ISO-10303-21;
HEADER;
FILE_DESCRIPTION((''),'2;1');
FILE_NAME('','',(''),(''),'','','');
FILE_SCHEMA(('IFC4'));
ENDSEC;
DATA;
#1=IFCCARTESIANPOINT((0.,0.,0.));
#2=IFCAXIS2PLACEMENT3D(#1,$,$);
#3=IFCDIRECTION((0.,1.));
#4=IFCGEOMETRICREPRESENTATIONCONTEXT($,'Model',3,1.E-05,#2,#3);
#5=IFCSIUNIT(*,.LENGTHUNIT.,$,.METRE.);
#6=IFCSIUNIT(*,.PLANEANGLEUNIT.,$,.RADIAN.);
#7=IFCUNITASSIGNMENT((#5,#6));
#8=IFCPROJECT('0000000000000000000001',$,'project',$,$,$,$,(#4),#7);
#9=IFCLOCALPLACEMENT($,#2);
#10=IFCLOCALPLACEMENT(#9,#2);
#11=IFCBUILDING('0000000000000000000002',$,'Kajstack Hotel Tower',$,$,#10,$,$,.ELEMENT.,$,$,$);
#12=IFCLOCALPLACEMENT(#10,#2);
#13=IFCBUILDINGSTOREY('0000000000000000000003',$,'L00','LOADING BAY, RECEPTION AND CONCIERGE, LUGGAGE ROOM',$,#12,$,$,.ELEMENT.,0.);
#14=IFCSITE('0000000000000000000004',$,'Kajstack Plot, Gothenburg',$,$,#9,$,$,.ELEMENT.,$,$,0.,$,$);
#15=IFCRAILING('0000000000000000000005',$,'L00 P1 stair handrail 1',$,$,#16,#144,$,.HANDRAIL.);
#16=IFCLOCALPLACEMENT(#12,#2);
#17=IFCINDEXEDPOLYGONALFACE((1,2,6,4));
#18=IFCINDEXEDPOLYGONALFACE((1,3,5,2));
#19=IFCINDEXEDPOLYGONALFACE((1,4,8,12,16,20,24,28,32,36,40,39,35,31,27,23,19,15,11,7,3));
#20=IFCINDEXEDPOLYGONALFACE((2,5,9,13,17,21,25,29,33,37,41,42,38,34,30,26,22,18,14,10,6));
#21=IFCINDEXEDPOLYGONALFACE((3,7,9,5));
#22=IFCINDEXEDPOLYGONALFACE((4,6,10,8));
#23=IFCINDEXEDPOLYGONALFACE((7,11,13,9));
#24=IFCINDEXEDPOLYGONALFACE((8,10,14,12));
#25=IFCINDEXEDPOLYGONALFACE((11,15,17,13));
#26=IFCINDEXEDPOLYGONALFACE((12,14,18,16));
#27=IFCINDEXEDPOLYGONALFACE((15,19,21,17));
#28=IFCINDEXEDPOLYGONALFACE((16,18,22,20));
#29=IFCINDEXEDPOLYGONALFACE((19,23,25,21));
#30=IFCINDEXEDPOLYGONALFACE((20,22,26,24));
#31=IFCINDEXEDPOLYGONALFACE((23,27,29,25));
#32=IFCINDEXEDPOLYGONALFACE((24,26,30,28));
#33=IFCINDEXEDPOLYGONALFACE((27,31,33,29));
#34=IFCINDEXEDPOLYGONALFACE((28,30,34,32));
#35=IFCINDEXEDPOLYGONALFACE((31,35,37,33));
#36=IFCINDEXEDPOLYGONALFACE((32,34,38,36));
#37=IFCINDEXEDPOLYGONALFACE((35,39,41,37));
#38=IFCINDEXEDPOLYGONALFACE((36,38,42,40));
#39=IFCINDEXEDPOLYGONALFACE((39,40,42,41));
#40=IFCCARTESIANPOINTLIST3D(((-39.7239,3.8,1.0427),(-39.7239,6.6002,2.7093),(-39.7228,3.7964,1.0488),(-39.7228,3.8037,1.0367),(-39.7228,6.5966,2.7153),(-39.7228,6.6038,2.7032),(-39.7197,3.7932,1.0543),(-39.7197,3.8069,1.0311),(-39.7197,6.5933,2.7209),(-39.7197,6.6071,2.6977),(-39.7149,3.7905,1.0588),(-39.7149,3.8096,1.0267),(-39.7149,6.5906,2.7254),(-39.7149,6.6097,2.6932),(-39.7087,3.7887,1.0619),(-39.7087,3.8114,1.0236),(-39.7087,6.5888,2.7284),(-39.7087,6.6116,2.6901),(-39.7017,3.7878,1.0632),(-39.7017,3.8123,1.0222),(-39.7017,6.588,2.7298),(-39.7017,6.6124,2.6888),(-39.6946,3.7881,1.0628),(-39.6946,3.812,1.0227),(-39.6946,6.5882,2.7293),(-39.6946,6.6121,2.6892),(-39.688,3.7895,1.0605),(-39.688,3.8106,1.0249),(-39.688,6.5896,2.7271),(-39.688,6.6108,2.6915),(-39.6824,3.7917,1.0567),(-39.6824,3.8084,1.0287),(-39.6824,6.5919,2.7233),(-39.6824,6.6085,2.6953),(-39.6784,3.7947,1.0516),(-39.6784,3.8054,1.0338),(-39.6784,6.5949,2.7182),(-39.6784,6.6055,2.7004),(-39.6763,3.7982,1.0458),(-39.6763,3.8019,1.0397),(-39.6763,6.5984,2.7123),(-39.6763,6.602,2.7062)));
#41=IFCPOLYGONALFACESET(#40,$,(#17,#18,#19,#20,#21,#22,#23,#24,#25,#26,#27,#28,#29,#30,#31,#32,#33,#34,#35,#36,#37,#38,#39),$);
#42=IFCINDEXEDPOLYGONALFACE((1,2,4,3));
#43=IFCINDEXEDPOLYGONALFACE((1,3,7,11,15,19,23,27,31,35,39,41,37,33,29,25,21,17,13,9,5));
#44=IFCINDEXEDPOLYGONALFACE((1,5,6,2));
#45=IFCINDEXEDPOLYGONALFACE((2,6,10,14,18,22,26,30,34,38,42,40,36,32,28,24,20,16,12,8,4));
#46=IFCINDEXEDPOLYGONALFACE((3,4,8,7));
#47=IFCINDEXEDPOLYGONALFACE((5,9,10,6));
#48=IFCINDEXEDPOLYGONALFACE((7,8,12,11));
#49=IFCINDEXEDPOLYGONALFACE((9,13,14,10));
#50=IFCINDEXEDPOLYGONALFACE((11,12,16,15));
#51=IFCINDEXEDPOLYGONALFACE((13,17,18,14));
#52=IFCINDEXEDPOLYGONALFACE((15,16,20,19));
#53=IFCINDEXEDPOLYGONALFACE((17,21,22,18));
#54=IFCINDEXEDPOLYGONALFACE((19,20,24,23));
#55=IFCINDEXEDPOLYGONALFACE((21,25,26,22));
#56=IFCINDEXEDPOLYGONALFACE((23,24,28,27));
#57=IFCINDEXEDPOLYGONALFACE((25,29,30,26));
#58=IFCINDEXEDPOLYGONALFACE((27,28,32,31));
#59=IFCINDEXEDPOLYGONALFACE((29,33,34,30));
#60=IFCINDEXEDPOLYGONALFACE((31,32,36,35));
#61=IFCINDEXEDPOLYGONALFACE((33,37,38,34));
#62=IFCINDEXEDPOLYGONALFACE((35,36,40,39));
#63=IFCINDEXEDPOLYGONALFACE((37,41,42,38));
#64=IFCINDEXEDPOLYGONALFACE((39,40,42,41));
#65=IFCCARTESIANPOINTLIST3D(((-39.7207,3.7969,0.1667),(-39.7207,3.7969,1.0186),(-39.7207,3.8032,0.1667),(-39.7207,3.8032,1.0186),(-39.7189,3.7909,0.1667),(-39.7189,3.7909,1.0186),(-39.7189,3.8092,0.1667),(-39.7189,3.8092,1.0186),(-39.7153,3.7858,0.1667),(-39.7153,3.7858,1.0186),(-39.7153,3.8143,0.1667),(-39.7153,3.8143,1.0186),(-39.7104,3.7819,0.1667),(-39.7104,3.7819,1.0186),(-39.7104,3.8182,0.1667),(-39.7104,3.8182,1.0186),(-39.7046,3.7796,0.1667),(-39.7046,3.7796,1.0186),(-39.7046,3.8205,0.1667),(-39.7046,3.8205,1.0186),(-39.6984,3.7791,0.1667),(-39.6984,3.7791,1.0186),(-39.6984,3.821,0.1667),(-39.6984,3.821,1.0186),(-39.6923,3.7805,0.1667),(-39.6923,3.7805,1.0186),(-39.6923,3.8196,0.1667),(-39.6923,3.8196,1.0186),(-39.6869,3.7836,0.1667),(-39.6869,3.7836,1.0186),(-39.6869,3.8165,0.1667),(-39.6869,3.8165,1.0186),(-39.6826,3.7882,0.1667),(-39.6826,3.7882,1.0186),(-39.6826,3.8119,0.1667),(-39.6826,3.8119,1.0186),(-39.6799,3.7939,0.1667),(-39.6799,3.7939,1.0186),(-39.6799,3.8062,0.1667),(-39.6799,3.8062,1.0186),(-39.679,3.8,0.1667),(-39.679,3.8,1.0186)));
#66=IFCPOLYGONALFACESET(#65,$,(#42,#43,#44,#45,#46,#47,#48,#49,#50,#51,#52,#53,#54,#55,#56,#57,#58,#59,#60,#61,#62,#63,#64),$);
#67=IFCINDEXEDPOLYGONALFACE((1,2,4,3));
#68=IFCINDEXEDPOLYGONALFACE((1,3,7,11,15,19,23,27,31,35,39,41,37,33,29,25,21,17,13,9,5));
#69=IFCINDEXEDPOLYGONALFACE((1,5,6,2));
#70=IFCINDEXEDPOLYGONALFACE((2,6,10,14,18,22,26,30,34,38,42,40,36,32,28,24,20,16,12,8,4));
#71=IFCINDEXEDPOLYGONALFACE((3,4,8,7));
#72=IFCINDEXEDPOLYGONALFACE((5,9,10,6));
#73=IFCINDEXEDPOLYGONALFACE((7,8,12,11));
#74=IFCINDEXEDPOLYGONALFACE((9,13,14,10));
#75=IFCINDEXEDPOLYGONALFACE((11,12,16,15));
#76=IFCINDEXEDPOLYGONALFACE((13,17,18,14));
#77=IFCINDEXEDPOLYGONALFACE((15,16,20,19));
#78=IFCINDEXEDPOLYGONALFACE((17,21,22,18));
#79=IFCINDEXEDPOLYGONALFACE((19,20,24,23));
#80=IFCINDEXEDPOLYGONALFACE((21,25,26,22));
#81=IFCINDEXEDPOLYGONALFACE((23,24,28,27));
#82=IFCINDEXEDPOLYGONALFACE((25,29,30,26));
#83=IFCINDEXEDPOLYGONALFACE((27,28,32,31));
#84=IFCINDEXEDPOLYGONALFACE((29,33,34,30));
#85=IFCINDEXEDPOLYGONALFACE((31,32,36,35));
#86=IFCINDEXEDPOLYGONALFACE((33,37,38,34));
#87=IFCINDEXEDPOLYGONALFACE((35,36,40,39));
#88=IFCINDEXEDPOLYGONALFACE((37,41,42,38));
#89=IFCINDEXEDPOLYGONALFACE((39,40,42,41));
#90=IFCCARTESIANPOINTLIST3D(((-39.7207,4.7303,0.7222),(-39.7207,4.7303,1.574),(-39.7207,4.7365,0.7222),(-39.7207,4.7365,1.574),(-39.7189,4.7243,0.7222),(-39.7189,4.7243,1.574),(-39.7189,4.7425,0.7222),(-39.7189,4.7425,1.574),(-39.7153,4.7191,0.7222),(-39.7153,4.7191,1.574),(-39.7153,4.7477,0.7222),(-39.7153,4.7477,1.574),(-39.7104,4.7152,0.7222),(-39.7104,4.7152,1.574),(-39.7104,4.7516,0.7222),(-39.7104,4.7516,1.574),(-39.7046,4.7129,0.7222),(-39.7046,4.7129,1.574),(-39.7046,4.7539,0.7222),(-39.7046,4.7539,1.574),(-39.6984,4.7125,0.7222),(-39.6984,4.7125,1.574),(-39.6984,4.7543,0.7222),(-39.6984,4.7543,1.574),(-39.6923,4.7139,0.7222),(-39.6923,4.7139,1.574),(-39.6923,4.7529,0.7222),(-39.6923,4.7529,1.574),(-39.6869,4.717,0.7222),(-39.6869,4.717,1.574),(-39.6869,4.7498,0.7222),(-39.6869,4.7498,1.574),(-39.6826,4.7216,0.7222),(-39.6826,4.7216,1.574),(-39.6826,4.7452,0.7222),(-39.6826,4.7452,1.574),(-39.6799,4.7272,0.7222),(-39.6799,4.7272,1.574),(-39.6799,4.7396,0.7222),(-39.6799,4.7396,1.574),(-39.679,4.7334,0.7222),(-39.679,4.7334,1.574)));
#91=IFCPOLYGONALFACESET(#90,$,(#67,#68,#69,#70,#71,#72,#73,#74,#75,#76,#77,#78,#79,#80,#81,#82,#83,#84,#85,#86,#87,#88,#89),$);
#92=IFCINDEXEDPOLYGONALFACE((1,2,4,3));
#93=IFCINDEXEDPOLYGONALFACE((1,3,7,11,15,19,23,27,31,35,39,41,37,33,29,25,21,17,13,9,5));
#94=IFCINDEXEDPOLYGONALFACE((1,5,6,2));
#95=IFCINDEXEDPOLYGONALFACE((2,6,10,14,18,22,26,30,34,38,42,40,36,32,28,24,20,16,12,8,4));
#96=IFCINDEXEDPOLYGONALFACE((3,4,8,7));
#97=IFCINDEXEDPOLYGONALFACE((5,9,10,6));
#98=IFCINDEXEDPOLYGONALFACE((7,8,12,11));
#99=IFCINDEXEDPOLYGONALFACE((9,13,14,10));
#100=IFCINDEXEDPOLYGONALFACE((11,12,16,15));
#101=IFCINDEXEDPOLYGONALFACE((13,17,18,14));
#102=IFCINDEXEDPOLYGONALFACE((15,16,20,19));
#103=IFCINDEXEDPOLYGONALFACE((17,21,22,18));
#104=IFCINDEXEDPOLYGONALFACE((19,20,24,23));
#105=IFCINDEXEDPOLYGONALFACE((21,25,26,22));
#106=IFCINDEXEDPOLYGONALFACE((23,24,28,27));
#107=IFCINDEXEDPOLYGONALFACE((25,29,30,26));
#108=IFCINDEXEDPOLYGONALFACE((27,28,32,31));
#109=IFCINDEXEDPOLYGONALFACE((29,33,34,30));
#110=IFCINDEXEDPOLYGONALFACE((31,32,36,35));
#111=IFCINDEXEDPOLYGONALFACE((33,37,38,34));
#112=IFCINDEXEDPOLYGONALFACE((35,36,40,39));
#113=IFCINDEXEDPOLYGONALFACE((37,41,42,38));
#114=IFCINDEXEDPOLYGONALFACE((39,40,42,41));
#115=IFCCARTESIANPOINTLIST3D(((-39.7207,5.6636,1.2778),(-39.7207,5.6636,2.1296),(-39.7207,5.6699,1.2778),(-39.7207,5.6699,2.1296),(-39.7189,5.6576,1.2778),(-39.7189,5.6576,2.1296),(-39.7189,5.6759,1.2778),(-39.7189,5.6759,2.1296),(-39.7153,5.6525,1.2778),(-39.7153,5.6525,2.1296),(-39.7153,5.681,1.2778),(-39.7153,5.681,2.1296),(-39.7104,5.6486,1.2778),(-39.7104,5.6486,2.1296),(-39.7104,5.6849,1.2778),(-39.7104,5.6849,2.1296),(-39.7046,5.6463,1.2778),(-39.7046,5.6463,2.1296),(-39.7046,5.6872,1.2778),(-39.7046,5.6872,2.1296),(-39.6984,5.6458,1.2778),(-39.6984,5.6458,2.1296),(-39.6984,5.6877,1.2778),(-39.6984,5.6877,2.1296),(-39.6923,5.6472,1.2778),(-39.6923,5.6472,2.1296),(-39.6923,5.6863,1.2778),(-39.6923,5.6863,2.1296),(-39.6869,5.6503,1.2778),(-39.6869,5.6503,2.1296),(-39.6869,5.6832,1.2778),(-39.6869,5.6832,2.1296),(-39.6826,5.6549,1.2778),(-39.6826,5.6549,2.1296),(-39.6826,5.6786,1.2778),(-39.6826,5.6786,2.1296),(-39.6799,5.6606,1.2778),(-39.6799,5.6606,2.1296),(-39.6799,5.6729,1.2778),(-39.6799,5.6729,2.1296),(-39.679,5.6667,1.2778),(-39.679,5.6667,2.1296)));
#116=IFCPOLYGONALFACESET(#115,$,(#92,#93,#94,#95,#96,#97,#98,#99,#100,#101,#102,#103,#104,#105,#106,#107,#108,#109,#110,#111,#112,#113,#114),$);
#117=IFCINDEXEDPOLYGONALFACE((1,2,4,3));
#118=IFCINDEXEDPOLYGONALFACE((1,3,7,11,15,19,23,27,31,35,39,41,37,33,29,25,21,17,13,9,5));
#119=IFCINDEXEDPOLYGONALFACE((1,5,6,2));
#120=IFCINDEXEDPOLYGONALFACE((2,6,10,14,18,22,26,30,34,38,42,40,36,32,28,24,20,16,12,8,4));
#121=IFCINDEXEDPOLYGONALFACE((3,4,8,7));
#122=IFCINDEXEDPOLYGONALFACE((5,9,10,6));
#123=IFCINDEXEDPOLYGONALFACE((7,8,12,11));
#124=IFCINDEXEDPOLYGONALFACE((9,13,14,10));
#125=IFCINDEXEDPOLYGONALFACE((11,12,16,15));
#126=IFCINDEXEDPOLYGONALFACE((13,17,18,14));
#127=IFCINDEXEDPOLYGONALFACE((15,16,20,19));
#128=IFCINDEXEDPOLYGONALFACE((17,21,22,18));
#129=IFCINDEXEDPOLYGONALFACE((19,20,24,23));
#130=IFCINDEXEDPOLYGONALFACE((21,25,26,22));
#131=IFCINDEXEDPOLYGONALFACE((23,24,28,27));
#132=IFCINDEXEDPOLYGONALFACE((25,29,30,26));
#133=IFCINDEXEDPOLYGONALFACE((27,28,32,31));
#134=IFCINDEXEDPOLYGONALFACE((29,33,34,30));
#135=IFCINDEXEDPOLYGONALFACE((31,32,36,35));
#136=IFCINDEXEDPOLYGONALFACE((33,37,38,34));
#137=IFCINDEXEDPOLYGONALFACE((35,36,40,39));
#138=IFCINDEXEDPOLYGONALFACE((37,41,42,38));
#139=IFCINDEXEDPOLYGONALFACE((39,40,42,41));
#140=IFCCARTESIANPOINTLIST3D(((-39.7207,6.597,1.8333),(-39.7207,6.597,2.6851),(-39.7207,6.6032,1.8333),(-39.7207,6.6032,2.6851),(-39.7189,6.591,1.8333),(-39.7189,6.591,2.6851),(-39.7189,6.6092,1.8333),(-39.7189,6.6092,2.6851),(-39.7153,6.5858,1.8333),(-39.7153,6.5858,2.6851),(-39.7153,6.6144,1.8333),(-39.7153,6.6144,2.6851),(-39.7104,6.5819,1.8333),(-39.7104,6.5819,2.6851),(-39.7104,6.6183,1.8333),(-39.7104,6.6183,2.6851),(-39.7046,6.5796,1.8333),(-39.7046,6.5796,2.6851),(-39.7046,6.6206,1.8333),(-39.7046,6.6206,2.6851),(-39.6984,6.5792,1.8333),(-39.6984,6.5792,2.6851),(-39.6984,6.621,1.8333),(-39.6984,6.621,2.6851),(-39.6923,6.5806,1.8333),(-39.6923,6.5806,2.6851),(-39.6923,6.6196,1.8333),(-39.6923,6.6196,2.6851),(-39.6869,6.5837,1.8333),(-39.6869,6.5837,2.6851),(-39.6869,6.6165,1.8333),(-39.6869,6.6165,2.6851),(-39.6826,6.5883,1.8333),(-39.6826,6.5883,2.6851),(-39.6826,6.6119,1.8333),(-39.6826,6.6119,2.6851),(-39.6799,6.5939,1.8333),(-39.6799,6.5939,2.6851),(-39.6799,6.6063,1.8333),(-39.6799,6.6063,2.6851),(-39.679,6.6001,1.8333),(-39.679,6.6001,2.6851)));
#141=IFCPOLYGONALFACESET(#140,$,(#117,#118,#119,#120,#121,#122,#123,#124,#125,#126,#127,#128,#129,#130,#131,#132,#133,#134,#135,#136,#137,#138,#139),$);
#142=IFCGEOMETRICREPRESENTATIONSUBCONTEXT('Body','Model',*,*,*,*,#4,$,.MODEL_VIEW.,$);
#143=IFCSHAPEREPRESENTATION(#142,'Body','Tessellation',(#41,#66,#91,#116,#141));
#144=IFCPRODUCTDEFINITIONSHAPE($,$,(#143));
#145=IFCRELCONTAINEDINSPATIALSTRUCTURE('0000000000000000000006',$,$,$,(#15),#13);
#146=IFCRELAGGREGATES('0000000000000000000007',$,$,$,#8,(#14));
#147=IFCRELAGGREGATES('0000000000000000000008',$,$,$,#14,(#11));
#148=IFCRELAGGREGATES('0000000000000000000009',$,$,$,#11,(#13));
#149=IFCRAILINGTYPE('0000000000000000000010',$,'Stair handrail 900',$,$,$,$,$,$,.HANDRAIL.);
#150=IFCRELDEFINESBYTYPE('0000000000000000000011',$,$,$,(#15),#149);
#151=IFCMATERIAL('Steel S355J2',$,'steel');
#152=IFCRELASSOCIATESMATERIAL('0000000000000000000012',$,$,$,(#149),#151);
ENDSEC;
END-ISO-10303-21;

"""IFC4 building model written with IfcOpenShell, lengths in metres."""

from ifc_helpers import new_model, si_unit, direction, frame, origin, origin_2d, place, context, subcontext, project, spatial, circle, extrude, material, type_object, element, save


model = new_model("IFC4")

# Units and contexts
model_context = context("Model", 3, precision=1e-05, world=origin(), true_north=direction((0.0, 1.0)))
body_context = subcontext(model_context, "Body", "Model", "MODEL_VIEW")
ifc_project = project(units=[si_unit("LENGTHUNIT", "METRE"), si_unit("PLANEANGLEUNIT", "RADIAN")], contexts=[model_context])

# Site, building, storey
site_placement = place(None, origin())
site = spatial("IfcSite", under=ifc_project, at=site_placement, Name="Kajstack Plot, Gothenburg", CompositionType="ELEMENT", RefElevation=0.0)
building_placement = place(site_placement, origin())
building = spatial("IfcBuilding", under=site, at=building_placement, Name="Kajstack Hotel Tower", CompositionType="ELEMENT")
storey_placement = place(building_placement, origin())
storey = spatial("IfcBuildingStorey", under=building, at=storey_placement, Name="L00", Description="LOADING BAY, RECEPTION AND CONCIERGE, LUGGAGE ROOM", CompositionType="ELEMENT", Elevation=0.0)

# Railing
ifc_material_1 = material(Name="Steel S355J2", Category="steel")
railing_type_1 = type_object("IfcRailingType", Name="Stair handrail 900", PredefinedType="HANDRAIL", material=ifc_material_1)
railing_1_placement = place(storey_placement, frame((-39.7, 3.8, 0.1667)))
element("IfcRailing", 1, at=railing_1_placement, inside=storey, type_object=railing_type_1, Name="L00 P1 stair handrail 1", PredefinedType="HANDRAIL", context=body_context, shape_type="SweptSolid", body=[
    extrude(circle(Radius=0.0239, at=origin_2d()), frame((0.0, 0.0, 0.876), z_axis=(0.0, 0.859319, 0.51144), x_axis=(-1.0, 0.0, 0.0)), (0.0, 0.0, 1.0), 3.2585),
    extrude(circle(Radius=0.021, at=origin_2d()), origin(), (0.0, 0.0, 1.0), 0.8518),
    extrude(circle(Radius=0.021, at=origin_2d()), frame((0.0, 0.9333, 0.5554)), (0.0, 0.0, 1.0), 0.8518),
    extrude(circle(Radius=0.021, at=origin_2d()), frame((0.0, 1.8667, 1.1111)), (0.0, 0.0, 1.0), 0.8518),
    extrude(circle(Radius=0.021, at=origin_2d()), frame((0.0, 2.8, 1.6665)), (0.0, 0.0, 1.0), 0.8518),
])

save(model, "model.ifc")
